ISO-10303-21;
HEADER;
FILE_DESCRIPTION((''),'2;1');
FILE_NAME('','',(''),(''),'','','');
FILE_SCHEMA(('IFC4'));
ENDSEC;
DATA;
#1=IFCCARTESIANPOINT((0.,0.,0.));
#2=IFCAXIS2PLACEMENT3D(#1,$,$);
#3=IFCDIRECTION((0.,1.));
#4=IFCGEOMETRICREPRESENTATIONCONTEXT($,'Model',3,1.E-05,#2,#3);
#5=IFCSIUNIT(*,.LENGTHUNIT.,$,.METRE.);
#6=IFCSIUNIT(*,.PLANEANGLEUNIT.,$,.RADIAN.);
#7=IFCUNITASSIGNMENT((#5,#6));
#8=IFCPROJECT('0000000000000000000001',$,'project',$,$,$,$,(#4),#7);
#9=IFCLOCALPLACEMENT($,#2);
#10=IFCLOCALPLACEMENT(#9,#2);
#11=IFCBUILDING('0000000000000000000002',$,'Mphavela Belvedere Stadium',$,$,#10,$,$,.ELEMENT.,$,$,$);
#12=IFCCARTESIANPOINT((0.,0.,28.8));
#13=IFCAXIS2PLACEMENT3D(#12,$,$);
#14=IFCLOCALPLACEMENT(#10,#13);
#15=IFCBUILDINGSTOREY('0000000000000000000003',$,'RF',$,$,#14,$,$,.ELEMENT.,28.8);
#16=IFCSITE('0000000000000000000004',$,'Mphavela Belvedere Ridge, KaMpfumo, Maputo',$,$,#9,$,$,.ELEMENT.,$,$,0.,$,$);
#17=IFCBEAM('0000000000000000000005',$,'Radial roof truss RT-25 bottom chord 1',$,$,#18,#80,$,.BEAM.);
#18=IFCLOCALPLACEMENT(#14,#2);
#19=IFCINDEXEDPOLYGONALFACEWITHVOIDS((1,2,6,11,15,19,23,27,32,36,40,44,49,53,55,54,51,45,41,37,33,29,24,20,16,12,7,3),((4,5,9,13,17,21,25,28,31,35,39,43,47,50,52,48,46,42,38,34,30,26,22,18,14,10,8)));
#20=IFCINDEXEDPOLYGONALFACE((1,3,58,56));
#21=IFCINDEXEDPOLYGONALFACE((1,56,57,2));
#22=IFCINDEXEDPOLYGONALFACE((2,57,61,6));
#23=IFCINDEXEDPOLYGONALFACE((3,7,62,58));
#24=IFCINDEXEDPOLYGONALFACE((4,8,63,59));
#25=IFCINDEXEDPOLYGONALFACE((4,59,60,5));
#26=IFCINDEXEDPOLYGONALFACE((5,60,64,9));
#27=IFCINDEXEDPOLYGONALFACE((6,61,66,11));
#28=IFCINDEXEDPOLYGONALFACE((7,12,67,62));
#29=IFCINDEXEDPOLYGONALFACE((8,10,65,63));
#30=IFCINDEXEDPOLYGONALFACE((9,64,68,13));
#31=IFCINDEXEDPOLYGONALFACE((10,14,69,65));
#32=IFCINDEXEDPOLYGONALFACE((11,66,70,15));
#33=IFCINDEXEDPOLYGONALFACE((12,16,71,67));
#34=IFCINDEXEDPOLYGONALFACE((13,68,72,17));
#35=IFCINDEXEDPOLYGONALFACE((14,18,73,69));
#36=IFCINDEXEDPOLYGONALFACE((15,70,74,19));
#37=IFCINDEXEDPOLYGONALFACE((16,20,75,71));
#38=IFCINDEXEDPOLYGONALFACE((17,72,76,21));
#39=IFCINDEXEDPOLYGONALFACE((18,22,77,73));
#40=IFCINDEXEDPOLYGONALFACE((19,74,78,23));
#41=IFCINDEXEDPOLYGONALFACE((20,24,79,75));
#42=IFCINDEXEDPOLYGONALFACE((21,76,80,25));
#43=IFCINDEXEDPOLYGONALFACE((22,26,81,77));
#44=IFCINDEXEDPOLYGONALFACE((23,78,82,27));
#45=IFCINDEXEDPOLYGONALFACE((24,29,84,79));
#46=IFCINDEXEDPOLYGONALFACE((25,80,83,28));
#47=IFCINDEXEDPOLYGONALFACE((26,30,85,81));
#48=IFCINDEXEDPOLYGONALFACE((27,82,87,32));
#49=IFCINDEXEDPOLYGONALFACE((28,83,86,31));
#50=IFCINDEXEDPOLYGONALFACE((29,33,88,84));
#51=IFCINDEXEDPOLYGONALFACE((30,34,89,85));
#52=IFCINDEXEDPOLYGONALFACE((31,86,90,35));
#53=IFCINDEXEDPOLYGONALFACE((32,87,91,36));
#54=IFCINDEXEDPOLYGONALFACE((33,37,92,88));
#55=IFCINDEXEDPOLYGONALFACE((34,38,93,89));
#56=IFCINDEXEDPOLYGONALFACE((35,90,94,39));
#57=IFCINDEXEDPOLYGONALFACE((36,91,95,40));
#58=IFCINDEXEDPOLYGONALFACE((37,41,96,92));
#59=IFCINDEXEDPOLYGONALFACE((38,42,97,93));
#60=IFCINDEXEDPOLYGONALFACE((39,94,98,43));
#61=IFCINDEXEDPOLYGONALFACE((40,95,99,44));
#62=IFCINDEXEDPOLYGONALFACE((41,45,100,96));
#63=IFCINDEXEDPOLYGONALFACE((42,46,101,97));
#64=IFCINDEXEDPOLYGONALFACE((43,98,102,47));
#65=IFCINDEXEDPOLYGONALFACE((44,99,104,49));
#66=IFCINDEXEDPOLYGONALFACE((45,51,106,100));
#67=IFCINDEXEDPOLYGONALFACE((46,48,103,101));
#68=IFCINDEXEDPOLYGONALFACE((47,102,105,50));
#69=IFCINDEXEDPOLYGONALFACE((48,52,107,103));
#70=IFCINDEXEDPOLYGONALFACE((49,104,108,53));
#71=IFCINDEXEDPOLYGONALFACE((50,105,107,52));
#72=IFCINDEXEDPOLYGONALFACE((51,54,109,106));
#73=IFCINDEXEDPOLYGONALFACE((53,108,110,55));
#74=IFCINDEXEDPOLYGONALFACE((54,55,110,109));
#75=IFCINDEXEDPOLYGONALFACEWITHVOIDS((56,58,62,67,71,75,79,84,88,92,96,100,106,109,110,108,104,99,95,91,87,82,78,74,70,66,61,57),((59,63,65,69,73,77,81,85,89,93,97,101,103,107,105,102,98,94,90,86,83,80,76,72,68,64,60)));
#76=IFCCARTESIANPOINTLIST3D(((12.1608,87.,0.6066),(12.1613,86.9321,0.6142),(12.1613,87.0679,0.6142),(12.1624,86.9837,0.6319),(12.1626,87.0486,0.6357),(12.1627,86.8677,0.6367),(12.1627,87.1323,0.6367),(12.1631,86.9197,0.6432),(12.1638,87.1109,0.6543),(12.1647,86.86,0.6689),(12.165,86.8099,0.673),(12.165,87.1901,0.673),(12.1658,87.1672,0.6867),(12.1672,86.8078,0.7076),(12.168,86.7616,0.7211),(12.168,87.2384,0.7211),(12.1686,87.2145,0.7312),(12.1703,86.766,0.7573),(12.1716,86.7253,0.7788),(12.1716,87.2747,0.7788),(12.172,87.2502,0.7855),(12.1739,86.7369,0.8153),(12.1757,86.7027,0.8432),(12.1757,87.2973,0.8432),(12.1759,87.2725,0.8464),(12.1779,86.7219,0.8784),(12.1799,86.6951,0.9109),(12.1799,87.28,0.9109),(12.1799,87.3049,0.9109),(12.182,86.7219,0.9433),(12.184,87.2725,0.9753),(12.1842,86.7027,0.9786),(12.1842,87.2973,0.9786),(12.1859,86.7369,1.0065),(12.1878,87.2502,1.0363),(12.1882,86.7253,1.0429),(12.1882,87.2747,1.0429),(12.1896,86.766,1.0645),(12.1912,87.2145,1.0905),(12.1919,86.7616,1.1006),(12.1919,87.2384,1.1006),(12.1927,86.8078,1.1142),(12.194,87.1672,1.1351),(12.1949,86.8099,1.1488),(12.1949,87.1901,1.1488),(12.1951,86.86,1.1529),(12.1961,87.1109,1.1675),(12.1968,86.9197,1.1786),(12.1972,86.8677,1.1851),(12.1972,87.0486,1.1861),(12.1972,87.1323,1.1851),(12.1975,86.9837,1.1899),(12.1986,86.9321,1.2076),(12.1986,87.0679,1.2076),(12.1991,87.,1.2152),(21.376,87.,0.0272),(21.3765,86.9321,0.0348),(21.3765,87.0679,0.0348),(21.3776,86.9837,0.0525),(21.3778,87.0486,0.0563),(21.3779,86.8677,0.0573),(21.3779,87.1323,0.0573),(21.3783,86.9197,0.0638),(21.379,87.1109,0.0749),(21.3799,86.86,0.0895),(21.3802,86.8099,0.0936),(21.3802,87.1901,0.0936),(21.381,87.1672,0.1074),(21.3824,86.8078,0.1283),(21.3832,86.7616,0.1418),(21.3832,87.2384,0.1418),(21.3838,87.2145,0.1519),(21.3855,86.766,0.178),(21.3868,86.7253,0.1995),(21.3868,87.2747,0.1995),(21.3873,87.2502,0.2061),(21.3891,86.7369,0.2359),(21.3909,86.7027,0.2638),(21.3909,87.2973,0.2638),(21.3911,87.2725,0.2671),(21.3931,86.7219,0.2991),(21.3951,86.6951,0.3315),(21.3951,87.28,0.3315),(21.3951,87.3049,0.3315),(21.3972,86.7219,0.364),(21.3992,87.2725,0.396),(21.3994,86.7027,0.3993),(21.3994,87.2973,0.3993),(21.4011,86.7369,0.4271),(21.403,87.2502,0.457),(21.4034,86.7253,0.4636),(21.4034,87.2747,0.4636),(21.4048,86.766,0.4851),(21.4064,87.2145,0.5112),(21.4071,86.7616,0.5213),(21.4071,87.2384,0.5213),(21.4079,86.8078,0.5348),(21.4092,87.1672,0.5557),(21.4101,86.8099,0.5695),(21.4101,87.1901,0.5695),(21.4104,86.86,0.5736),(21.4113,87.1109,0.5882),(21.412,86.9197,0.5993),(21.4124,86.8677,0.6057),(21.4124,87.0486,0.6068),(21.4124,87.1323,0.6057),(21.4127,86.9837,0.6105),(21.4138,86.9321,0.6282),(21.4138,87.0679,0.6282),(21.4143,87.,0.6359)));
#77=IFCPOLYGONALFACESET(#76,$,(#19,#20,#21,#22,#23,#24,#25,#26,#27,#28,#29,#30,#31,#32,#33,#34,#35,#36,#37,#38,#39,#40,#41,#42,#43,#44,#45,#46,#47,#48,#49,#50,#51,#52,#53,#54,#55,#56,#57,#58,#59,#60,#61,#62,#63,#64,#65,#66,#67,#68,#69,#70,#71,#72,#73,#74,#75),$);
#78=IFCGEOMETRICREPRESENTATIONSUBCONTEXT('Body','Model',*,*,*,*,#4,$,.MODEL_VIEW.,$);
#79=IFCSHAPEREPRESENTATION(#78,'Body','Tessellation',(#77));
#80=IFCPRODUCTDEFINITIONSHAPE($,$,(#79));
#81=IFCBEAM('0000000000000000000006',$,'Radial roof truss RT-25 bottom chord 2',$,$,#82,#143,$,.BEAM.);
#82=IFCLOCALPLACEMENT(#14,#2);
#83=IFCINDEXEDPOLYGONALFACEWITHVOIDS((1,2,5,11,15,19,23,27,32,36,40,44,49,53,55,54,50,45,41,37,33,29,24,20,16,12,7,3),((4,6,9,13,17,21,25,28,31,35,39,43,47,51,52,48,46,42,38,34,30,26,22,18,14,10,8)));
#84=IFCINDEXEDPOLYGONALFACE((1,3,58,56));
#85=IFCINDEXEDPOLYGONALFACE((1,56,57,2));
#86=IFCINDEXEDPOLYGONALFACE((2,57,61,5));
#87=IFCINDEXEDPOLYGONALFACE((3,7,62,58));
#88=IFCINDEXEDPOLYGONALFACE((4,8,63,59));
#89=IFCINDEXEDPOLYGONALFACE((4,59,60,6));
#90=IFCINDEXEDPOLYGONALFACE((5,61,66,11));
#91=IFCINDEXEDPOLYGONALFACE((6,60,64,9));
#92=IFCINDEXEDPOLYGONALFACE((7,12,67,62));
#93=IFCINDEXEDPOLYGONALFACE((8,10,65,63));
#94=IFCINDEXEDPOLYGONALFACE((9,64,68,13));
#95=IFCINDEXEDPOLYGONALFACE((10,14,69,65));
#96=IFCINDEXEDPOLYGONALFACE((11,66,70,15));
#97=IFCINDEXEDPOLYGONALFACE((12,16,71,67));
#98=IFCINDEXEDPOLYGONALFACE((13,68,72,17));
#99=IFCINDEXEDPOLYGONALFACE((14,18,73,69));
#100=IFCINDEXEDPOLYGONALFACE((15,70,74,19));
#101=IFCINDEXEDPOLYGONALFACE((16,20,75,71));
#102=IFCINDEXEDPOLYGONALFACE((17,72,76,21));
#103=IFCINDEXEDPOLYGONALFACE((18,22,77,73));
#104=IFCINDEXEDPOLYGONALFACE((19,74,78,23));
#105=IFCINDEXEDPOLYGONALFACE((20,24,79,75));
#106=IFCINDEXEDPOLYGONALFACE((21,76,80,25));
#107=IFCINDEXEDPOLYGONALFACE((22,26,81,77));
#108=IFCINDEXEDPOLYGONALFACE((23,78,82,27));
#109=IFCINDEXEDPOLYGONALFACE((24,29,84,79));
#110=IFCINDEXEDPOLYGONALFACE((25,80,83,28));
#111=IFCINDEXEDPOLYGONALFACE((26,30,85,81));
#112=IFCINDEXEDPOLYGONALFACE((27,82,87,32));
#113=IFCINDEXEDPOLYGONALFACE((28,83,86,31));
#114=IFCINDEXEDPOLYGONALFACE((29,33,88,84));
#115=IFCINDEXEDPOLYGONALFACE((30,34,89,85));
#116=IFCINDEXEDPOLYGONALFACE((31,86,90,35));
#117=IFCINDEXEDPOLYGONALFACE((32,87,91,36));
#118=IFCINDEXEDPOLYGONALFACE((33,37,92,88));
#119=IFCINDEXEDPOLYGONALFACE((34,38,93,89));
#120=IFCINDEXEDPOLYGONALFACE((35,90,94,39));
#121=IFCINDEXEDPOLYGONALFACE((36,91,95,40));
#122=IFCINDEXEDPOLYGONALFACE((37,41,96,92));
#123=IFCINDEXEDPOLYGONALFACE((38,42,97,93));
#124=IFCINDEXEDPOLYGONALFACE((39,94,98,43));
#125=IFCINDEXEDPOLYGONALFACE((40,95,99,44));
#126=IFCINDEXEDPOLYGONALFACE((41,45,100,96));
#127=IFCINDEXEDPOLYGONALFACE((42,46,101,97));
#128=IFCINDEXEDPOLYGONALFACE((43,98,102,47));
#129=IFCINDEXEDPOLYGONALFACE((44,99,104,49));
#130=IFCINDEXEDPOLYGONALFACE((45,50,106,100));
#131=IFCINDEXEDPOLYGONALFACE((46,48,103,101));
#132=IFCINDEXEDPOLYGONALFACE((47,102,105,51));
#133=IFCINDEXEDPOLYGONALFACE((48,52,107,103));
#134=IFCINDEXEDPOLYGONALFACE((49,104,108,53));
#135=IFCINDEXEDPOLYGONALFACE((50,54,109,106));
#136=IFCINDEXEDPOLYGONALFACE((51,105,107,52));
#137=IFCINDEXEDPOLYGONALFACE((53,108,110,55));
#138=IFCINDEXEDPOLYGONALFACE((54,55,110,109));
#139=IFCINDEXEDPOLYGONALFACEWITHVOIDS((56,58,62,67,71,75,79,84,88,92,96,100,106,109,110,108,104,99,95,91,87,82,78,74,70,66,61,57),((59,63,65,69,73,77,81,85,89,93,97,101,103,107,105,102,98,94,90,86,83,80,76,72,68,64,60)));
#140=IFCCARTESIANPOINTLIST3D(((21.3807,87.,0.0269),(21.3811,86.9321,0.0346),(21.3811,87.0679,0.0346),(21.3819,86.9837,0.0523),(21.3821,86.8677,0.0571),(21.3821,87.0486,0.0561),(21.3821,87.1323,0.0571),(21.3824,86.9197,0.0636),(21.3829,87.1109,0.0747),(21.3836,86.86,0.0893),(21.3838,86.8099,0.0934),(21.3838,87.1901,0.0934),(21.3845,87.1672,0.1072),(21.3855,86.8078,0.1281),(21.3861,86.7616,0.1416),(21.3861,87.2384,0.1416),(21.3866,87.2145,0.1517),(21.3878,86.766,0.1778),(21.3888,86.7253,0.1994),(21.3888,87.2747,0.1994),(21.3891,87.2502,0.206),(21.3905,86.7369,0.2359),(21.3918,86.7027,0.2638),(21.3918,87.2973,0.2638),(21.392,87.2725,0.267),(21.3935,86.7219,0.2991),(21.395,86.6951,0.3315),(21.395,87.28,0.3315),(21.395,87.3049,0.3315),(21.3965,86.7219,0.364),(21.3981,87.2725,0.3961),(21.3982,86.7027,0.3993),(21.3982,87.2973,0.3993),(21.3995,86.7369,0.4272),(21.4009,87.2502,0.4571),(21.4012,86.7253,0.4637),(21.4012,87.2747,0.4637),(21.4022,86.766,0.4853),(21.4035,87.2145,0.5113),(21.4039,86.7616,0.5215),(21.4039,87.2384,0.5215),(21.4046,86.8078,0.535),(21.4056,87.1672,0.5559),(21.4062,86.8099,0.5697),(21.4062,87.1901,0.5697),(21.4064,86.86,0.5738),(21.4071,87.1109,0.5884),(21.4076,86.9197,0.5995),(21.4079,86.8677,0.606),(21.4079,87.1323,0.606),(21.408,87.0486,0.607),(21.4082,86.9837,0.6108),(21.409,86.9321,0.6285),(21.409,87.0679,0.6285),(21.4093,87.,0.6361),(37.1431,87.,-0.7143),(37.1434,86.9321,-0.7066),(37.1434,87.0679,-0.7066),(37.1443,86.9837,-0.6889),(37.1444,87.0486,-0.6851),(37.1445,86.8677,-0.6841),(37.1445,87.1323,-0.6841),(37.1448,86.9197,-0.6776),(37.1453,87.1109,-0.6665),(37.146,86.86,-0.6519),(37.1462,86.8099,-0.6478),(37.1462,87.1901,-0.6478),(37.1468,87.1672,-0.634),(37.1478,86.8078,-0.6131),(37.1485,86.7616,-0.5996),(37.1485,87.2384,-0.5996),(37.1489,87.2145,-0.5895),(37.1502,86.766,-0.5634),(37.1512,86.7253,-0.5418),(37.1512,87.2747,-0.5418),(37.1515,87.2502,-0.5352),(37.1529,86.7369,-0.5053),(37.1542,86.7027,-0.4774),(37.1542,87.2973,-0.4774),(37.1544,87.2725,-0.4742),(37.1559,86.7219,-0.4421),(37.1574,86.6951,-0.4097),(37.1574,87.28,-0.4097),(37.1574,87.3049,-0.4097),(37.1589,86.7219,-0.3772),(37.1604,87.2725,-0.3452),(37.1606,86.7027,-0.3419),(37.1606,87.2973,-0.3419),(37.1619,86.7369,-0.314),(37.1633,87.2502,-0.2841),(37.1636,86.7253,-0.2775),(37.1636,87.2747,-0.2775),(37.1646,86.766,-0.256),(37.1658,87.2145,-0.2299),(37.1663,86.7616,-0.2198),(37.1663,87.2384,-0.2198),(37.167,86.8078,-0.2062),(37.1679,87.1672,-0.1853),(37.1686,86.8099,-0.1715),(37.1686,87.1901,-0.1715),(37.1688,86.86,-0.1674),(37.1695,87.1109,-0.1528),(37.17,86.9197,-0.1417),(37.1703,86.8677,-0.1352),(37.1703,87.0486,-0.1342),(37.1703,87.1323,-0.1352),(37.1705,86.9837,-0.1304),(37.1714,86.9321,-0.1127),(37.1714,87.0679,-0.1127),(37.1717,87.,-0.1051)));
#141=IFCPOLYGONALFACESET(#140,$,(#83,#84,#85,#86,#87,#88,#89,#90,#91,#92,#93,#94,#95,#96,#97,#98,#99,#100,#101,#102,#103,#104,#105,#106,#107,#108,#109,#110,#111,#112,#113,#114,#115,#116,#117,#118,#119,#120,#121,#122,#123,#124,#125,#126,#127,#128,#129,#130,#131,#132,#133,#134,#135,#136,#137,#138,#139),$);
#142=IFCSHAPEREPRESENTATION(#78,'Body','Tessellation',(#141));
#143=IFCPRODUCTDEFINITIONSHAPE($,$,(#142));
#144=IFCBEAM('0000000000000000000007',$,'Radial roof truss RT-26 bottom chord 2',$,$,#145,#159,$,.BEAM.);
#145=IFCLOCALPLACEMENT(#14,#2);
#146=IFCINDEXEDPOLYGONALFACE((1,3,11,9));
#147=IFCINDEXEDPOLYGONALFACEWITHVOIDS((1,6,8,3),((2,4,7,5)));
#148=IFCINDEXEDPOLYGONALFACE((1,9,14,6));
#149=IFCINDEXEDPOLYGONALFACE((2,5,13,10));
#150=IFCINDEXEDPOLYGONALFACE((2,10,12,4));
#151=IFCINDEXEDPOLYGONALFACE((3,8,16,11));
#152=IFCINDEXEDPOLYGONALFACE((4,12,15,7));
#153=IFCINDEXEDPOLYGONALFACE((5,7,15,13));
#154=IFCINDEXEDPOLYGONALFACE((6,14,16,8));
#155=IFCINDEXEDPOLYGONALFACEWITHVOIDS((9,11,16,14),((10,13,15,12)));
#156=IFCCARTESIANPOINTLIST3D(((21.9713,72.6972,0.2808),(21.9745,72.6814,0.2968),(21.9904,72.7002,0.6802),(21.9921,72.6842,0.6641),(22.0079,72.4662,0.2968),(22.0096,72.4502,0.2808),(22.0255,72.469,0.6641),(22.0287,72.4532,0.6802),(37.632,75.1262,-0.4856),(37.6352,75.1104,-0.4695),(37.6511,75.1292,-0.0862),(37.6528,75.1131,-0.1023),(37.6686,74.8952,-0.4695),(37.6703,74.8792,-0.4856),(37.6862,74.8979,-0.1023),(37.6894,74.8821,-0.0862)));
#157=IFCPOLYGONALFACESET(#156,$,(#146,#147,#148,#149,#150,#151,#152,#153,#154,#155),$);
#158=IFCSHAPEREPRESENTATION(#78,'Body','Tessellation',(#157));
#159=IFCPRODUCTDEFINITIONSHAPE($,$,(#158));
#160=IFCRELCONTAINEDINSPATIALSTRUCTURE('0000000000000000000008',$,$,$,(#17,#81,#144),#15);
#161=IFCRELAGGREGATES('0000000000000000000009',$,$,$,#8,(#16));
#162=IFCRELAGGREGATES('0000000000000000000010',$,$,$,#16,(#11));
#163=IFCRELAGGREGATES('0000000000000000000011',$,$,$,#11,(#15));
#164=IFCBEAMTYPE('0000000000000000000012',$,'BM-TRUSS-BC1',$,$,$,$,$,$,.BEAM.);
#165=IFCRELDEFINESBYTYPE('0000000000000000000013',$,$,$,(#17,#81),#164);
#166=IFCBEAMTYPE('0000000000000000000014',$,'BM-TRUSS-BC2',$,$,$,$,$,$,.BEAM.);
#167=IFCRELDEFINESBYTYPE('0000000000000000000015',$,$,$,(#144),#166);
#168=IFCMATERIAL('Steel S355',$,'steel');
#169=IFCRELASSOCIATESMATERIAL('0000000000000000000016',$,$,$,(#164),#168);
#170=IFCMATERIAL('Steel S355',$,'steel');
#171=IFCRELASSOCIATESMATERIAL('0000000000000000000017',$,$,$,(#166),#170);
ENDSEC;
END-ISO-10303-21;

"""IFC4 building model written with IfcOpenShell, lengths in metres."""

from ifc_helpers import new_model, si_unit, direction, frame, origin, origin_2d, place, context, subcontext, project, spatial, hollow_rectangle, hollow_circle, extrude, material, material_profile, profile_set, type_object, element, save


model = new_model("IFC4")

# Units and contexts
model_context = context("Model", 3, precision=1e-05, world=origin(), true_north=direction((0.0, 1.0)))
body_context = subcontext(model_context, "Body", "Model", "MODEL_VIEW")
ifc_project = project(units=[si_unit("LENGTHUNIT", "METRE"), si_unit("PLANEANGLEUNIT", "RADIAN")], contexts=[model_context])

# Site, building, storey
site_placement = place(None, origin())
site = spatial("IfcSite", under=ifc_project, at=site_placement, Name="Mphavela Belvedere Ridge, KaMpfumo, Maputo", CompositionType="ELEMENT", RefElevation=0.0)
building_placement = place(site_placement, origin())
building = spatial("IfcBuilding", under=site, at=building_placement, Name="Mphavela Belvedere Stadium", CompositionType="ELEMENT")
storey_placement = place(building_placement, frame((0.0, 0.0, 28.8)))
storey = spatial("IfcBuildingStorey", under=building, at=storey_placement, Name="RF", CompositionType="ELEMENT", Elevation=28.8)

# Beams
ifc_material_1 = material(Name="Steel S355", Category="steel")
ifc_material_profile_1 = material_profile(ifc_material_1, hollow_circle(Radius=0.3049, WallThickness=0.0249, at=origin_2d()), Name="CHS 610x25")
ifc_profile_set_1 = profile_set([ifc_material_profile_1], Name="Steel S355")
beam_type_1 = type_object("IfcBeamType", Name="BM-TRUSS-BC1", PredefinedType="BEAM", material=ifc_profile_set_1)
beam_1_placement = place(storey_placement, frame((12.1799, 87.0, 0.9109), z_axis=(0.99803, 0.0, -0.062745), x_axis=(0.0, 1.0, 0.0)))
element("IfcBeam", 1, at=beam_1_placement, inside=storey, type_object=beam_type_1, Name="Radial roof truss RT-25 bottom chord 1", PredefinedType="BEAM", context=body_context, shape_type="SweptSolid", body=[
    extrude(hollow_circle(Radius=0.3049, WallThickness=0.0249, at=origin_2d()), origin(), (0.0, 0.0, 1.0), 9.2334),
])
beam_2_placement = place(storey_placement, frame((21.395, 87.0, 0.3315), z_axis=(0.998896, 0.0, -0.046972), x_axis=(0.0, 1.0, 0.0)))
element("IfcBeam", 2, at=beam_2_placement, inside=storey, type_object=beam_type_1, Name="Radial roof truss RT-25 bottom chord 2", PredefinedType="BEAM", context=body_context, shape_type="SweptSolid", body=[
    extrude(hollow_circle(Radius=0.3049, WallThickness=0.0249, at=origin_2d()), origin(), (0.0, 0.0, 1.0), 15.7798),
])
ifc_material_2 = material(Name="Steel S355", Category="steel")
ifc_material_profile_2 = material_profile(ifc_material_2, hollow_rectangle(XDim=0.25, YDim=0.3999, WallThickness=0.0161, at=origin_2d()), Name="RHS 400x250x16")
ifc_profile_set_2 = profile_set([ifc_material_profile_2], Name="Steel S355")
beam_type_2 = type_object("IfcBeamType", Name="BM-TRUSS-BC2", PredefinedType="BEAM", material=ifc_profile_set_2)
beam_3_placement = place(storey_placement, frame((22.0, 72.5752, 0.4805), z_axis=(0.987031, 0.153088, -0.048301), x_axis=(-0.153267, 0.988185, 0.0)))
element("IfcBeam", 3, at=beam_3_placement, inside=storey, type_object=beam_type_2, Name="Radial roof truss RT-26 bottom chord 2", PredefinedType="BEAM", context=body_context, shape_type="SweptSolid", body=[
    extrude(hollow_rectangle(XDim=0.25, YDim=0.3999, WallThickness=0.0161, at=origin_2d()), origin(), (0.0, 0.0, 1.0), 15.8665),
])

save(model, "model.ifc")
